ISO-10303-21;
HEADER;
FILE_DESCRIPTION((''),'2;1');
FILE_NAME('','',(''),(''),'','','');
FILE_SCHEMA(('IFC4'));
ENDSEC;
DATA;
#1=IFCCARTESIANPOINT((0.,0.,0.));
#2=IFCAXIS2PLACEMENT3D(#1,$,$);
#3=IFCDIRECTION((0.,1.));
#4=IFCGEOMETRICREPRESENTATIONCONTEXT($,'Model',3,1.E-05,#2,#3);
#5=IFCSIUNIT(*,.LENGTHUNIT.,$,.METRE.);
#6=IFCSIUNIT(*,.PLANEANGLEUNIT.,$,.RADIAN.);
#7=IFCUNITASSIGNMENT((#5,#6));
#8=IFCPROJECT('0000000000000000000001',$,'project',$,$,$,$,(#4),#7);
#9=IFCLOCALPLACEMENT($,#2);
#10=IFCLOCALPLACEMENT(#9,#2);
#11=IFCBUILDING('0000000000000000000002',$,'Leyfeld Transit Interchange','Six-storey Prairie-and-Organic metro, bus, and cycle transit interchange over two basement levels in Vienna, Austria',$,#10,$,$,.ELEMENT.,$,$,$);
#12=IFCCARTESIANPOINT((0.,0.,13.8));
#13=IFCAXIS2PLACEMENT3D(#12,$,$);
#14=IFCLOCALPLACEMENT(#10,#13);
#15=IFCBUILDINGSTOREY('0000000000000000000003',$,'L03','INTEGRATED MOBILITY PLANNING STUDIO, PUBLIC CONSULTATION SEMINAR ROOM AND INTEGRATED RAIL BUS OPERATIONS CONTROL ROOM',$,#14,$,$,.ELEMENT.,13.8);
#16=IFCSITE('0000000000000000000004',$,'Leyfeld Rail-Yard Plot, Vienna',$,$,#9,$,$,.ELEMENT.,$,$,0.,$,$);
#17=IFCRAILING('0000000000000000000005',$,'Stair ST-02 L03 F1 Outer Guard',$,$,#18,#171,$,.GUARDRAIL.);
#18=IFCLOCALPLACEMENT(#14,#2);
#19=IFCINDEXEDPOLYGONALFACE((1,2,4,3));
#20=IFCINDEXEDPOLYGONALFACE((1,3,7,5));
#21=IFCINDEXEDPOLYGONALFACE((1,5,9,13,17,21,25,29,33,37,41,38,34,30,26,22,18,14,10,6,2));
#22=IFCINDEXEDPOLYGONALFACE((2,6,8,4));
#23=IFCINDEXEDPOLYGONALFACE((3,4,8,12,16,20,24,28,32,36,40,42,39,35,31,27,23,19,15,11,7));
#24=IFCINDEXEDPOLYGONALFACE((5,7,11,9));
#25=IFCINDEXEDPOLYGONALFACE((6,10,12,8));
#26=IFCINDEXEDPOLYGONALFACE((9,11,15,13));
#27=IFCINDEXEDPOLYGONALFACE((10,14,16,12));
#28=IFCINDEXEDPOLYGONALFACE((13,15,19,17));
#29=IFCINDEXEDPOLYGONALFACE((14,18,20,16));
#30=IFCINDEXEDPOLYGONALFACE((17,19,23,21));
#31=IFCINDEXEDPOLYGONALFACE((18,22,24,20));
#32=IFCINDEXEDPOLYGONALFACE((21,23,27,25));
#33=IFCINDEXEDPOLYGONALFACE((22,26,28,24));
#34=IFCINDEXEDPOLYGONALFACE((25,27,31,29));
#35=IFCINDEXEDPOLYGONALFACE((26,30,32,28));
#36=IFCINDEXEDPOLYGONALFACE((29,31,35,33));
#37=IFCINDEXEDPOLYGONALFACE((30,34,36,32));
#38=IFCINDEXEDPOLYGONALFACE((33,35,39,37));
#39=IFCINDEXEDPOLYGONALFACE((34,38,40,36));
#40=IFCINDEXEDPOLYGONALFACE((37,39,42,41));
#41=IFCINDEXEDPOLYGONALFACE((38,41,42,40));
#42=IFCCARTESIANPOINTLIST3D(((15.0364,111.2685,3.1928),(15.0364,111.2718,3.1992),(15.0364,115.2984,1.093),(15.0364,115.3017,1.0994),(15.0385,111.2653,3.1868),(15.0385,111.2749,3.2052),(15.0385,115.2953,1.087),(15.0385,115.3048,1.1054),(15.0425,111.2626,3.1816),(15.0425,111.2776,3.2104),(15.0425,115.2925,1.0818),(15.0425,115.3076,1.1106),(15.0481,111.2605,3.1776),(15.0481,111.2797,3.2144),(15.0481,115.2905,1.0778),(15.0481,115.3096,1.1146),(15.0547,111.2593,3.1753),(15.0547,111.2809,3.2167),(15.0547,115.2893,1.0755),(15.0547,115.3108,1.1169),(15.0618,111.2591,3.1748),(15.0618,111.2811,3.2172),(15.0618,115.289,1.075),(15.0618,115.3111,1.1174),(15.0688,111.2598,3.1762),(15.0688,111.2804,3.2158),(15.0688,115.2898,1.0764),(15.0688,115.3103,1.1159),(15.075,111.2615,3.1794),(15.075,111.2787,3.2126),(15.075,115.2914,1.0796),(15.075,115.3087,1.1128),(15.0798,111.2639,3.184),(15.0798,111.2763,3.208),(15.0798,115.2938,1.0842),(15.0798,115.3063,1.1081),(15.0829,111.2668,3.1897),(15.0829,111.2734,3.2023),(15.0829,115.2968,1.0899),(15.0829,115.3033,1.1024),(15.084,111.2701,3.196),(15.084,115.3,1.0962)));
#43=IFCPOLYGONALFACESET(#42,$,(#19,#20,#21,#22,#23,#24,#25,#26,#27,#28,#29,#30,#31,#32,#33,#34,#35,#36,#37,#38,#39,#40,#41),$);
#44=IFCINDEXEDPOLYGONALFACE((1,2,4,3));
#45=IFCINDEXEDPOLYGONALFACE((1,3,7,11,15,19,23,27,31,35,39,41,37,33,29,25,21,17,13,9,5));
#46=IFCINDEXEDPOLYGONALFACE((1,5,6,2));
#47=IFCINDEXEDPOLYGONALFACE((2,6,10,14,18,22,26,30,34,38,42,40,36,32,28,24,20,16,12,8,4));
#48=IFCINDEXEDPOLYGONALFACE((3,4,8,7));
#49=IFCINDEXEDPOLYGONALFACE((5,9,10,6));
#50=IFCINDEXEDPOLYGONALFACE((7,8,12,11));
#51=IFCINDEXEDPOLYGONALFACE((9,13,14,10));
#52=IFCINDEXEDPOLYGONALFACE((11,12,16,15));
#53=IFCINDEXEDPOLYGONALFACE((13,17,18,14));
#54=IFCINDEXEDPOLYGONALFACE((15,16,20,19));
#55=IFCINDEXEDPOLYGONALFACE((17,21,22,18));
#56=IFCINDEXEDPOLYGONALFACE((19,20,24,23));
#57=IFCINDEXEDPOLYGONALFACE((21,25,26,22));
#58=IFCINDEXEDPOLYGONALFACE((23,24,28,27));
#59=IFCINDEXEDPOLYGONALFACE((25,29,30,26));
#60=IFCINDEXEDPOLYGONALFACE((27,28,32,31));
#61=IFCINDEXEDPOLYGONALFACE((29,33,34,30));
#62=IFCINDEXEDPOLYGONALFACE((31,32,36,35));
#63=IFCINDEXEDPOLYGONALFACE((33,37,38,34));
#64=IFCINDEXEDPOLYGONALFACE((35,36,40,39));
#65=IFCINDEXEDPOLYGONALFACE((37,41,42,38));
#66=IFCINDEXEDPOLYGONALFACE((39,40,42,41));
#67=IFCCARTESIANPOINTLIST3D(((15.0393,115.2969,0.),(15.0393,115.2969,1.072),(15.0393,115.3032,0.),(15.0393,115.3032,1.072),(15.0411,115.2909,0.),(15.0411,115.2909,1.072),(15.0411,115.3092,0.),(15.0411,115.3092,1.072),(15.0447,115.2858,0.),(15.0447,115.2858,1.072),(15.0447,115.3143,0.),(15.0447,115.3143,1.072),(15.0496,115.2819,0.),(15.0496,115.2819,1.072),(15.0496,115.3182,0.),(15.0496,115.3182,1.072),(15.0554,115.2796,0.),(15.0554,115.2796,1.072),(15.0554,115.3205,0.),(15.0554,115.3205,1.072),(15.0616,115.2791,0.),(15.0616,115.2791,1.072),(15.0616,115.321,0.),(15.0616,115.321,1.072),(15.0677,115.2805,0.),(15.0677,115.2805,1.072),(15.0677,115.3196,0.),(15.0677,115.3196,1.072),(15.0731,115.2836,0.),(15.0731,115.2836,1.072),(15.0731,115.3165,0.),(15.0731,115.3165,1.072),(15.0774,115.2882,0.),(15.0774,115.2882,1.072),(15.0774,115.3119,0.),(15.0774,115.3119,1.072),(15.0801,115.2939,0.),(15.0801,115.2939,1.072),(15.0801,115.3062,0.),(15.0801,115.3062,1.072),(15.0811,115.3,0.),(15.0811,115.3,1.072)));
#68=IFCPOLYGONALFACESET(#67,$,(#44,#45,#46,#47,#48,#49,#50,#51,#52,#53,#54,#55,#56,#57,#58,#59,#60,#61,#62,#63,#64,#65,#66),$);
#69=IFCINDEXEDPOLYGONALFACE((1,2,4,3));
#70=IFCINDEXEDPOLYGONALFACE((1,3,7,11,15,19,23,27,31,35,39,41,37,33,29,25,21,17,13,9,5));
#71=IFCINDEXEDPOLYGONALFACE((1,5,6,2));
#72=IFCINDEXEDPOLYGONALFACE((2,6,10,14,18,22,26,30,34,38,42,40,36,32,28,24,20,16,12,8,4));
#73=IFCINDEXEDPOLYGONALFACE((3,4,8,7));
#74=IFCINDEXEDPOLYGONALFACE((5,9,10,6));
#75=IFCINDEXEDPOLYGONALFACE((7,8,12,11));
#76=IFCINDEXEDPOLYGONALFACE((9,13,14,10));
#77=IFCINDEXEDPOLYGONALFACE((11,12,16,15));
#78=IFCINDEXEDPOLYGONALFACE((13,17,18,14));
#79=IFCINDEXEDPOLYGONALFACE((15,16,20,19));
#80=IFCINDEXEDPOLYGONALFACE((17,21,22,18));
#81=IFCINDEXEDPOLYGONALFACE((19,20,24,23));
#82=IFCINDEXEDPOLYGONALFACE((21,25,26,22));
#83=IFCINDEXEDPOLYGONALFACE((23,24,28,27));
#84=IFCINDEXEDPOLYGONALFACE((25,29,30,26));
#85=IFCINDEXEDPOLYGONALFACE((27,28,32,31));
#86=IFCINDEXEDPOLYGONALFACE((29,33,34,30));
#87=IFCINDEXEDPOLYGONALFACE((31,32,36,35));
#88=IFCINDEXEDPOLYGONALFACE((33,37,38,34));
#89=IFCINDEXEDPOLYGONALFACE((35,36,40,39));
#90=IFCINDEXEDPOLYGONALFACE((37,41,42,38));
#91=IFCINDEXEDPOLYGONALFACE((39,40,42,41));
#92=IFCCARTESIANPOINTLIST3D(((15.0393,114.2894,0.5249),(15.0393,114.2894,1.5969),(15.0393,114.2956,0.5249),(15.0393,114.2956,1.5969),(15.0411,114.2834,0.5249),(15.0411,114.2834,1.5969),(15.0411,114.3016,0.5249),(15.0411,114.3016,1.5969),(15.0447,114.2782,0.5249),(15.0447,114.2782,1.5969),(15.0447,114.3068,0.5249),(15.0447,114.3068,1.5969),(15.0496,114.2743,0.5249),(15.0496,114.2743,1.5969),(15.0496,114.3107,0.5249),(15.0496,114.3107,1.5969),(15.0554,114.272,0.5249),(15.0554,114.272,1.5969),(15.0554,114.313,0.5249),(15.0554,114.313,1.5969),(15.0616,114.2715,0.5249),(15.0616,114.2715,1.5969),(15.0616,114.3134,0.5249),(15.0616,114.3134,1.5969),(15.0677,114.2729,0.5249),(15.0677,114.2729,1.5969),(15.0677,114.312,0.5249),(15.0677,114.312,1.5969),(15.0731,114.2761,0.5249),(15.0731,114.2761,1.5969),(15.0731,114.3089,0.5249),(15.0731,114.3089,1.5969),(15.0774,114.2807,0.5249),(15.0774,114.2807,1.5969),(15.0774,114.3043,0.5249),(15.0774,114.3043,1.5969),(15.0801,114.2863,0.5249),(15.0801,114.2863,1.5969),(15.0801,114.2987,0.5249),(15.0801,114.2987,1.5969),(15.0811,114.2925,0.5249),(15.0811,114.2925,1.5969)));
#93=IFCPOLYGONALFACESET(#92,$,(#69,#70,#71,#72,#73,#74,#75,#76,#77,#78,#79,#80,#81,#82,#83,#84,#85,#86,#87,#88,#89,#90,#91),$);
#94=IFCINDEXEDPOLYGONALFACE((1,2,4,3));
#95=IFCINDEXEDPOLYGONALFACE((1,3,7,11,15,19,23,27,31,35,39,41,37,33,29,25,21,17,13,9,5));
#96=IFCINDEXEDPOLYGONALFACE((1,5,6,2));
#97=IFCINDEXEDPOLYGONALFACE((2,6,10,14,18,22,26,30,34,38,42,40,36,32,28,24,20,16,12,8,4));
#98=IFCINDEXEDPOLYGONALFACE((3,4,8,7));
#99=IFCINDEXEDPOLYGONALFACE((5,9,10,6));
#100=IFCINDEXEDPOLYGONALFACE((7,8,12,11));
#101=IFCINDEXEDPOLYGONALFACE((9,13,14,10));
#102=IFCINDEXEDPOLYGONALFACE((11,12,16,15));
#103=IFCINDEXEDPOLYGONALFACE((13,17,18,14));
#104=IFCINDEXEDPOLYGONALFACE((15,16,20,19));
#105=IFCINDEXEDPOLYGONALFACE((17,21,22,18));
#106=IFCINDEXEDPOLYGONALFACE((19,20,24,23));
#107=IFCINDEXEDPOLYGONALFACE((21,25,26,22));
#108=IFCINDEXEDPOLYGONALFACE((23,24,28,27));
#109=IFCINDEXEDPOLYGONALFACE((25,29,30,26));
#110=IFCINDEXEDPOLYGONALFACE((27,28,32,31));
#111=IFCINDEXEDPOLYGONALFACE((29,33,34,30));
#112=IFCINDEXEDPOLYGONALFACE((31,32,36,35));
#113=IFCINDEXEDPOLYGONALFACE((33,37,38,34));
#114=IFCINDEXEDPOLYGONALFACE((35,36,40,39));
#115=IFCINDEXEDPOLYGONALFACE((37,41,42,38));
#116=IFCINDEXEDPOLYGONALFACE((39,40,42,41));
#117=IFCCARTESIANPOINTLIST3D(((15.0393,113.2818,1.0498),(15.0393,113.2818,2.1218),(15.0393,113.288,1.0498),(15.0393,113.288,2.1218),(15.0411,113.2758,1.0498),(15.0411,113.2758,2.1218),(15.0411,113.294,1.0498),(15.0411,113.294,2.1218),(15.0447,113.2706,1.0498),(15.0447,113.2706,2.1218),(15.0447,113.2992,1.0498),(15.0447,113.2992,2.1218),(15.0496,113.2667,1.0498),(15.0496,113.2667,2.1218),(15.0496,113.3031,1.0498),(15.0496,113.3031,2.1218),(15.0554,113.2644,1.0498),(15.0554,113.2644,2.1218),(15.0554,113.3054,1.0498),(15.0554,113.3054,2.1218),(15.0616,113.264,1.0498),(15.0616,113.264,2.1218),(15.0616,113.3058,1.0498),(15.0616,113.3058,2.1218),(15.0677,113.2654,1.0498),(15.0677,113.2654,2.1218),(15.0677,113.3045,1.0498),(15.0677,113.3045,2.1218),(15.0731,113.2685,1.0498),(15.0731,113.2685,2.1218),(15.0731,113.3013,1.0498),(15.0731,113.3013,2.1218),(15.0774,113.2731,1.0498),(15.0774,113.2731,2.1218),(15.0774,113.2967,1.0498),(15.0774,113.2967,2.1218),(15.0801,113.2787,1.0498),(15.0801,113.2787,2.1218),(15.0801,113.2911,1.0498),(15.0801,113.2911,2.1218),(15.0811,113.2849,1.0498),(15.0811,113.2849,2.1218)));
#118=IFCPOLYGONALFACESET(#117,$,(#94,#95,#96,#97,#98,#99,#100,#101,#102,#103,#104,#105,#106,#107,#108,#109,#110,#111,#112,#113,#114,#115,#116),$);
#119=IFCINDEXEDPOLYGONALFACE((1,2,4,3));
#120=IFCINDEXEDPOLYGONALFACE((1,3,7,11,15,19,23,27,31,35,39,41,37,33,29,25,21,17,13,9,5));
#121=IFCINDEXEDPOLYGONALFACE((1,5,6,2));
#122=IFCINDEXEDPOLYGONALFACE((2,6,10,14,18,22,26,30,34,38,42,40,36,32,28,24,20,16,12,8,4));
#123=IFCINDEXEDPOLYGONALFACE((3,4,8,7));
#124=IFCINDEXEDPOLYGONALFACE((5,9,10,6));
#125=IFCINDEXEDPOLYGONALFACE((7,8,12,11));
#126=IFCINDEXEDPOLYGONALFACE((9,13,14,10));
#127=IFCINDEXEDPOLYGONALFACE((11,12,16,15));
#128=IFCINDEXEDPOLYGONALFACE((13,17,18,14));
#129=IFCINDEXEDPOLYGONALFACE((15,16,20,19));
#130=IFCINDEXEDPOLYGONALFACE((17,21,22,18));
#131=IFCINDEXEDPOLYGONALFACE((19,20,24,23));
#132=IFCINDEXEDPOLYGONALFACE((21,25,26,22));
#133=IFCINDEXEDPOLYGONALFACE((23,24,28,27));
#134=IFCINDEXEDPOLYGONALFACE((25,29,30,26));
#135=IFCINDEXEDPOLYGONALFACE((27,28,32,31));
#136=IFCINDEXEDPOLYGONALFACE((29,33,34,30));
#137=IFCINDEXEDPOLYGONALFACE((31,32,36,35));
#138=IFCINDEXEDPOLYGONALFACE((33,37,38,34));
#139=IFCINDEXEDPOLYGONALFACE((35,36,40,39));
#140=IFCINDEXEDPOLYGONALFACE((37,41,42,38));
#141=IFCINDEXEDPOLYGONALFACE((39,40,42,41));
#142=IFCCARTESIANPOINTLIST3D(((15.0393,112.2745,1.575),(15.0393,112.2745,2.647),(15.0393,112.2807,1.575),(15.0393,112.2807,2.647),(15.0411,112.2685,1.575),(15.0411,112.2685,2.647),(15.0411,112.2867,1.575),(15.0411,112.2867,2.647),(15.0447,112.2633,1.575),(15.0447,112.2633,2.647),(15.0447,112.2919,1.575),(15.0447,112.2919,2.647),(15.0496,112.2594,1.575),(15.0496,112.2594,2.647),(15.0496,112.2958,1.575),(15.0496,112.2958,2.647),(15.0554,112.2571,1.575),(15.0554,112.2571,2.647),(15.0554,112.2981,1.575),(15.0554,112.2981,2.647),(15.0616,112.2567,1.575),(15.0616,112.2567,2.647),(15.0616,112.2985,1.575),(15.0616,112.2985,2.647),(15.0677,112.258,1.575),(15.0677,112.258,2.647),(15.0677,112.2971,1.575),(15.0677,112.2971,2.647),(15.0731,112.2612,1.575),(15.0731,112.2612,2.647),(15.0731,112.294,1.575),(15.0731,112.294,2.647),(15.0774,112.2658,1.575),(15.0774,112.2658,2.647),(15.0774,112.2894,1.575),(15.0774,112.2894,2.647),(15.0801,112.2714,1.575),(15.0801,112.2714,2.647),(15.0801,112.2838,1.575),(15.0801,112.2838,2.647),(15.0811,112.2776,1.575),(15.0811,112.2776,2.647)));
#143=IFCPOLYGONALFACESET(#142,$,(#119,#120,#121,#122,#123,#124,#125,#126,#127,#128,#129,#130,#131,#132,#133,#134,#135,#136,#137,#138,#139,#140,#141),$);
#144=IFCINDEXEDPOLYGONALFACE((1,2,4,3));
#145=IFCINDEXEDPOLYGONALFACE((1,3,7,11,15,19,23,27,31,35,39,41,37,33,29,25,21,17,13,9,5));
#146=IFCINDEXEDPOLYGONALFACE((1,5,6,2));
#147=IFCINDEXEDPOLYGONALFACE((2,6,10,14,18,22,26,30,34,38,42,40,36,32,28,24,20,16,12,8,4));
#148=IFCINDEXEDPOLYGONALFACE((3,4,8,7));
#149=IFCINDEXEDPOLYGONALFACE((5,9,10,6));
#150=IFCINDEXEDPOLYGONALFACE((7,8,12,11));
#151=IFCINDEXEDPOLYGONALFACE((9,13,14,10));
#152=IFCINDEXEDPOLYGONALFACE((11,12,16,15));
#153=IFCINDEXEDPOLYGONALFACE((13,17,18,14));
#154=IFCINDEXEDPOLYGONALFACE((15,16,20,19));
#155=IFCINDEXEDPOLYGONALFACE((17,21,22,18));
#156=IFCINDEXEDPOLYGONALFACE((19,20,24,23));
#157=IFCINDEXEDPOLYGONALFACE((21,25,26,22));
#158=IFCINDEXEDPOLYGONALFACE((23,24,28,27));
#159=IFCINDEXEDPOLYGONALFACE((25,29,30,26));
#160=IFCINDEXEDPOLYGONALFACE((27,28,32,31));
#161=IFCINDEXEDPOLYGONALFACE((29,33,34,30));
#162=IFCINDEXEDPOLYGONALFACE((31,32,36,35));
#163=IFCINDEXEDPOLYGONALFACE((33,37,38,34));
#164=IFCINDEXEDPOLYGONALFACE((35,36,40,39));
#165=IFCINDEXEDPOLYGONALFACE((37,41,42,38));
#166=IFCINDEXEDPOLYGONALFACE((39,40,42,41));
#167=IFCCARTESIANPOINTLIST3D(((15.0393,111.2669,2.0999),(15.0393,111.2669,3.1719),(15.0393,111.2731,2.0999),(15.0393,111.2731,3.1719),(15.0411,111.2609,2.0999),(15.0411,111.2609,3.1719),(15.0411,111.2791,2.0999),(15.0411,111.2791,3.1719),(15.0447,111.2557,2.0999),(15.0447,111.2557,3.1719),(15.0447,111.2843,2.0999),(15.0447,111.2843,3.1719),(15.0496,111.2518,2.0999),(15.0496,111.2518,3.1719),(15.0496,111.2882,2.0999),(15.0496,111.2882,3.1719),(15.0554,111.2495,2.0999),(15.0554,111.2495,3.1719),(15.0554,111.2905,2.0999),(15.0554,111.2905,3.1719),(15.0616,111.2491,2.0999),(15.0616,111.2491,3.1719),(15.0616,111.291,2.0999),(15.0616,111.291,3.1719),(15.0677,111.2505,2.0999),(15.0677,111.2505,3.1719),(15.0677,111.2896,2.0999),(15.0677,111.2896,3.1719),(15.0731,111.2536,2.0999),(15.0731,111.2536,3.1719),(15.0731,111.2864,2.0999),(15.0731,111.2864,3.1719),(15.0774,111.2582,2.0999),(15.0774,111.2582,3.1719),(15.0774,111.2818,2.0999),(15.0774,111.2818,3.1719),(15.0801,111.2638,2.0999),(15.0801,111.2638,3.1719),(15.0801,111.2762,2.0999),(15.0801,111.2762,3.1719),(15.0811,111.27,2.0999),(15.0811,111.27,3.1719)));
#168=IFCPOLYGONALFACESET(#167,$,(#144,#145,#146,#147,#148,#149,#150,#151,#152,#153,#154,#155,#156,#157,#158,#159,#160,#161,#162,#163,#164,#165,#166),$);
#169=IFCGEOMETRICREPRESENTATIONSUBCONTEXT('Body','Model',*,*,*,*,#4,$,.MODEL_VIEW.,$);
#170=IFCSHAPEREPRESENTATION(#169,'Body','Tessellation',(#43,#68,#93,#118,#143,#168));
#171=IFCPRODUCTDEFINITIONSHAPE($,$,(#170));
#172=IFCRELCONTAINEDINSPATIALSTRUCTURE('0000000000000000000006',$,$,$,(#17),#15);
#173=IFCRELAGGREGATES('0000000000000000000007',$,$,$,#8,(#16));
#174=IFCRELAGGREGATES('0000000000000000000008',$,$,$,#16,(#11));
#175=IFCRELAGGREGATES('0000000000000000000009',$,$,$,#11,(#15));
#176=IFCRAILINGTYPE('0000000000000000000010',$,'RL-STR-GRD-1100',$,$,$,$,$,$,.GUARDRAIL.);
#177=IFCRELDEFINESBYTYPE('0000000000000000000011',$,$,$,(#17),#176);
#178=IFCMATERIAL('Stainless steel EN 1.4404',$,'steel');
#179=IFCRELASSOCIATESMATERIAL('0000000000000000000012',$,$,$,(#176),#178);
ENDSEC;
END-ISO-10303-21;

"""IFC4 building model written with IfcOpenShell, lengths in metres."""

from ifc_helpers import new_model, si_unit, direction, frame, origin, origin_2d, place, context, subcontext, project, spatial, circle, extrude, material, type_object, element, save


model = new_model("IFC4")

# Units and contexts
model_context = context("Model", 3, precision=1e-05, world=origin(), true_north=direction((0.0, 1.0)))
body_context = subcontext(model_context, "Body", "Model", "MODEL_VIEW")
ifc_project = project(units=[si_unit("LENGTHUNIT", "METRE"), si_unit("PLANEANGLEUNIT", "RADIAN")], contexts=[model_context])

# Site, building, storey
site_placement = place(None, origin())
site = spatial("IfcSite", under=ifc_project, at=site_placement, Name="Leyfeld Rail-Yard Plot, Vienna", CompositionType="ELEMENT", RefElevation=0.0)
building_placement = place(site_placement, origin())
building = spatial("IfcBuilding", under=site, at=building_placement, Name="Leyfeld Transit Interchange", Description="Six-storey Prairie-and-Organic metro, bus, and cycle transit interchange over two basement levels in Vienna, Austria", CompositionType="ELEMENT")
storey_placement = place(building_placement, frame((0.0, 0.0, 13.8)))
storey = spatial("IfcBuildingStorey", under=building, at=storey_placement, Name="L03", Description="INTEGRATED MOBILITY PLANNING STUDIO, PUBLIC CONSULTATION SEMINAR ROOM AND INTEGRATED RAIL BUS OPERATIONS CONTROL ROOM", CompositionType="ELEMENT", Elevation=13.8)

# Shared definitions
ifc_material_1 = material(Name="Stainless steel EN 1.4404", Category="steel")

# Railing
railing_type_1 = type_object("IfcRailingType", Name="RL-STR-GRD-1100", PredefinedType="GUARDRAIL", material=ifc_material_1)
for number, where, name in (
    (1, (15.0601, 115.3, 0.0), "Stair ST-02 L03 F1 Outer Guard"),
):
    element("IfcRailing", number, at=place(storey_placement, frame(where)), inside=storey, type_object=railing_type_1, Name=name, PredefinedType="GUARDRAIL", context=body_context, shape_type="SweptSolid", body=[
        extrude(circle(Radius=0.0239, at=origin_2d()), frame((0.0, 0.0, 1.0962), z_axis=(0.0, -0.886835, 0.462087), x_axis=(1.0, 0.0, 0.0)), (0.0, 0.0, 1.0), 4.5442),
        extrude(circle(Radius=0.021, at=origin_2d()), origin(), (0.0, 0.0, 1.0), 1.072),
        extrude(circle(Radius=0.021, at=origin_2d()), frame((0.0, -1.0076, 0.5249)), (0.0, 0.0, 1.0), 1.072),
        extrude(circle(Radius=0.021, at=origin_2d()), frame((0.0, -2.0151, 1.0498)), (0.0, 0.0, 1.0), 1.072),
        extrude(circle(Radius=0.021, at=origin_2d()), frame((0.0, -3.0225, 1.575)), (0.0, 0.0, 1.0), 1.072),
        extrude(circle(Radius=0.021, at=origin_2d()), frame((0.0, -4.03, 2.0999)), (0.0, 0.0, 1.0), 1.072),
    ])

save(model, "model.ifc")
